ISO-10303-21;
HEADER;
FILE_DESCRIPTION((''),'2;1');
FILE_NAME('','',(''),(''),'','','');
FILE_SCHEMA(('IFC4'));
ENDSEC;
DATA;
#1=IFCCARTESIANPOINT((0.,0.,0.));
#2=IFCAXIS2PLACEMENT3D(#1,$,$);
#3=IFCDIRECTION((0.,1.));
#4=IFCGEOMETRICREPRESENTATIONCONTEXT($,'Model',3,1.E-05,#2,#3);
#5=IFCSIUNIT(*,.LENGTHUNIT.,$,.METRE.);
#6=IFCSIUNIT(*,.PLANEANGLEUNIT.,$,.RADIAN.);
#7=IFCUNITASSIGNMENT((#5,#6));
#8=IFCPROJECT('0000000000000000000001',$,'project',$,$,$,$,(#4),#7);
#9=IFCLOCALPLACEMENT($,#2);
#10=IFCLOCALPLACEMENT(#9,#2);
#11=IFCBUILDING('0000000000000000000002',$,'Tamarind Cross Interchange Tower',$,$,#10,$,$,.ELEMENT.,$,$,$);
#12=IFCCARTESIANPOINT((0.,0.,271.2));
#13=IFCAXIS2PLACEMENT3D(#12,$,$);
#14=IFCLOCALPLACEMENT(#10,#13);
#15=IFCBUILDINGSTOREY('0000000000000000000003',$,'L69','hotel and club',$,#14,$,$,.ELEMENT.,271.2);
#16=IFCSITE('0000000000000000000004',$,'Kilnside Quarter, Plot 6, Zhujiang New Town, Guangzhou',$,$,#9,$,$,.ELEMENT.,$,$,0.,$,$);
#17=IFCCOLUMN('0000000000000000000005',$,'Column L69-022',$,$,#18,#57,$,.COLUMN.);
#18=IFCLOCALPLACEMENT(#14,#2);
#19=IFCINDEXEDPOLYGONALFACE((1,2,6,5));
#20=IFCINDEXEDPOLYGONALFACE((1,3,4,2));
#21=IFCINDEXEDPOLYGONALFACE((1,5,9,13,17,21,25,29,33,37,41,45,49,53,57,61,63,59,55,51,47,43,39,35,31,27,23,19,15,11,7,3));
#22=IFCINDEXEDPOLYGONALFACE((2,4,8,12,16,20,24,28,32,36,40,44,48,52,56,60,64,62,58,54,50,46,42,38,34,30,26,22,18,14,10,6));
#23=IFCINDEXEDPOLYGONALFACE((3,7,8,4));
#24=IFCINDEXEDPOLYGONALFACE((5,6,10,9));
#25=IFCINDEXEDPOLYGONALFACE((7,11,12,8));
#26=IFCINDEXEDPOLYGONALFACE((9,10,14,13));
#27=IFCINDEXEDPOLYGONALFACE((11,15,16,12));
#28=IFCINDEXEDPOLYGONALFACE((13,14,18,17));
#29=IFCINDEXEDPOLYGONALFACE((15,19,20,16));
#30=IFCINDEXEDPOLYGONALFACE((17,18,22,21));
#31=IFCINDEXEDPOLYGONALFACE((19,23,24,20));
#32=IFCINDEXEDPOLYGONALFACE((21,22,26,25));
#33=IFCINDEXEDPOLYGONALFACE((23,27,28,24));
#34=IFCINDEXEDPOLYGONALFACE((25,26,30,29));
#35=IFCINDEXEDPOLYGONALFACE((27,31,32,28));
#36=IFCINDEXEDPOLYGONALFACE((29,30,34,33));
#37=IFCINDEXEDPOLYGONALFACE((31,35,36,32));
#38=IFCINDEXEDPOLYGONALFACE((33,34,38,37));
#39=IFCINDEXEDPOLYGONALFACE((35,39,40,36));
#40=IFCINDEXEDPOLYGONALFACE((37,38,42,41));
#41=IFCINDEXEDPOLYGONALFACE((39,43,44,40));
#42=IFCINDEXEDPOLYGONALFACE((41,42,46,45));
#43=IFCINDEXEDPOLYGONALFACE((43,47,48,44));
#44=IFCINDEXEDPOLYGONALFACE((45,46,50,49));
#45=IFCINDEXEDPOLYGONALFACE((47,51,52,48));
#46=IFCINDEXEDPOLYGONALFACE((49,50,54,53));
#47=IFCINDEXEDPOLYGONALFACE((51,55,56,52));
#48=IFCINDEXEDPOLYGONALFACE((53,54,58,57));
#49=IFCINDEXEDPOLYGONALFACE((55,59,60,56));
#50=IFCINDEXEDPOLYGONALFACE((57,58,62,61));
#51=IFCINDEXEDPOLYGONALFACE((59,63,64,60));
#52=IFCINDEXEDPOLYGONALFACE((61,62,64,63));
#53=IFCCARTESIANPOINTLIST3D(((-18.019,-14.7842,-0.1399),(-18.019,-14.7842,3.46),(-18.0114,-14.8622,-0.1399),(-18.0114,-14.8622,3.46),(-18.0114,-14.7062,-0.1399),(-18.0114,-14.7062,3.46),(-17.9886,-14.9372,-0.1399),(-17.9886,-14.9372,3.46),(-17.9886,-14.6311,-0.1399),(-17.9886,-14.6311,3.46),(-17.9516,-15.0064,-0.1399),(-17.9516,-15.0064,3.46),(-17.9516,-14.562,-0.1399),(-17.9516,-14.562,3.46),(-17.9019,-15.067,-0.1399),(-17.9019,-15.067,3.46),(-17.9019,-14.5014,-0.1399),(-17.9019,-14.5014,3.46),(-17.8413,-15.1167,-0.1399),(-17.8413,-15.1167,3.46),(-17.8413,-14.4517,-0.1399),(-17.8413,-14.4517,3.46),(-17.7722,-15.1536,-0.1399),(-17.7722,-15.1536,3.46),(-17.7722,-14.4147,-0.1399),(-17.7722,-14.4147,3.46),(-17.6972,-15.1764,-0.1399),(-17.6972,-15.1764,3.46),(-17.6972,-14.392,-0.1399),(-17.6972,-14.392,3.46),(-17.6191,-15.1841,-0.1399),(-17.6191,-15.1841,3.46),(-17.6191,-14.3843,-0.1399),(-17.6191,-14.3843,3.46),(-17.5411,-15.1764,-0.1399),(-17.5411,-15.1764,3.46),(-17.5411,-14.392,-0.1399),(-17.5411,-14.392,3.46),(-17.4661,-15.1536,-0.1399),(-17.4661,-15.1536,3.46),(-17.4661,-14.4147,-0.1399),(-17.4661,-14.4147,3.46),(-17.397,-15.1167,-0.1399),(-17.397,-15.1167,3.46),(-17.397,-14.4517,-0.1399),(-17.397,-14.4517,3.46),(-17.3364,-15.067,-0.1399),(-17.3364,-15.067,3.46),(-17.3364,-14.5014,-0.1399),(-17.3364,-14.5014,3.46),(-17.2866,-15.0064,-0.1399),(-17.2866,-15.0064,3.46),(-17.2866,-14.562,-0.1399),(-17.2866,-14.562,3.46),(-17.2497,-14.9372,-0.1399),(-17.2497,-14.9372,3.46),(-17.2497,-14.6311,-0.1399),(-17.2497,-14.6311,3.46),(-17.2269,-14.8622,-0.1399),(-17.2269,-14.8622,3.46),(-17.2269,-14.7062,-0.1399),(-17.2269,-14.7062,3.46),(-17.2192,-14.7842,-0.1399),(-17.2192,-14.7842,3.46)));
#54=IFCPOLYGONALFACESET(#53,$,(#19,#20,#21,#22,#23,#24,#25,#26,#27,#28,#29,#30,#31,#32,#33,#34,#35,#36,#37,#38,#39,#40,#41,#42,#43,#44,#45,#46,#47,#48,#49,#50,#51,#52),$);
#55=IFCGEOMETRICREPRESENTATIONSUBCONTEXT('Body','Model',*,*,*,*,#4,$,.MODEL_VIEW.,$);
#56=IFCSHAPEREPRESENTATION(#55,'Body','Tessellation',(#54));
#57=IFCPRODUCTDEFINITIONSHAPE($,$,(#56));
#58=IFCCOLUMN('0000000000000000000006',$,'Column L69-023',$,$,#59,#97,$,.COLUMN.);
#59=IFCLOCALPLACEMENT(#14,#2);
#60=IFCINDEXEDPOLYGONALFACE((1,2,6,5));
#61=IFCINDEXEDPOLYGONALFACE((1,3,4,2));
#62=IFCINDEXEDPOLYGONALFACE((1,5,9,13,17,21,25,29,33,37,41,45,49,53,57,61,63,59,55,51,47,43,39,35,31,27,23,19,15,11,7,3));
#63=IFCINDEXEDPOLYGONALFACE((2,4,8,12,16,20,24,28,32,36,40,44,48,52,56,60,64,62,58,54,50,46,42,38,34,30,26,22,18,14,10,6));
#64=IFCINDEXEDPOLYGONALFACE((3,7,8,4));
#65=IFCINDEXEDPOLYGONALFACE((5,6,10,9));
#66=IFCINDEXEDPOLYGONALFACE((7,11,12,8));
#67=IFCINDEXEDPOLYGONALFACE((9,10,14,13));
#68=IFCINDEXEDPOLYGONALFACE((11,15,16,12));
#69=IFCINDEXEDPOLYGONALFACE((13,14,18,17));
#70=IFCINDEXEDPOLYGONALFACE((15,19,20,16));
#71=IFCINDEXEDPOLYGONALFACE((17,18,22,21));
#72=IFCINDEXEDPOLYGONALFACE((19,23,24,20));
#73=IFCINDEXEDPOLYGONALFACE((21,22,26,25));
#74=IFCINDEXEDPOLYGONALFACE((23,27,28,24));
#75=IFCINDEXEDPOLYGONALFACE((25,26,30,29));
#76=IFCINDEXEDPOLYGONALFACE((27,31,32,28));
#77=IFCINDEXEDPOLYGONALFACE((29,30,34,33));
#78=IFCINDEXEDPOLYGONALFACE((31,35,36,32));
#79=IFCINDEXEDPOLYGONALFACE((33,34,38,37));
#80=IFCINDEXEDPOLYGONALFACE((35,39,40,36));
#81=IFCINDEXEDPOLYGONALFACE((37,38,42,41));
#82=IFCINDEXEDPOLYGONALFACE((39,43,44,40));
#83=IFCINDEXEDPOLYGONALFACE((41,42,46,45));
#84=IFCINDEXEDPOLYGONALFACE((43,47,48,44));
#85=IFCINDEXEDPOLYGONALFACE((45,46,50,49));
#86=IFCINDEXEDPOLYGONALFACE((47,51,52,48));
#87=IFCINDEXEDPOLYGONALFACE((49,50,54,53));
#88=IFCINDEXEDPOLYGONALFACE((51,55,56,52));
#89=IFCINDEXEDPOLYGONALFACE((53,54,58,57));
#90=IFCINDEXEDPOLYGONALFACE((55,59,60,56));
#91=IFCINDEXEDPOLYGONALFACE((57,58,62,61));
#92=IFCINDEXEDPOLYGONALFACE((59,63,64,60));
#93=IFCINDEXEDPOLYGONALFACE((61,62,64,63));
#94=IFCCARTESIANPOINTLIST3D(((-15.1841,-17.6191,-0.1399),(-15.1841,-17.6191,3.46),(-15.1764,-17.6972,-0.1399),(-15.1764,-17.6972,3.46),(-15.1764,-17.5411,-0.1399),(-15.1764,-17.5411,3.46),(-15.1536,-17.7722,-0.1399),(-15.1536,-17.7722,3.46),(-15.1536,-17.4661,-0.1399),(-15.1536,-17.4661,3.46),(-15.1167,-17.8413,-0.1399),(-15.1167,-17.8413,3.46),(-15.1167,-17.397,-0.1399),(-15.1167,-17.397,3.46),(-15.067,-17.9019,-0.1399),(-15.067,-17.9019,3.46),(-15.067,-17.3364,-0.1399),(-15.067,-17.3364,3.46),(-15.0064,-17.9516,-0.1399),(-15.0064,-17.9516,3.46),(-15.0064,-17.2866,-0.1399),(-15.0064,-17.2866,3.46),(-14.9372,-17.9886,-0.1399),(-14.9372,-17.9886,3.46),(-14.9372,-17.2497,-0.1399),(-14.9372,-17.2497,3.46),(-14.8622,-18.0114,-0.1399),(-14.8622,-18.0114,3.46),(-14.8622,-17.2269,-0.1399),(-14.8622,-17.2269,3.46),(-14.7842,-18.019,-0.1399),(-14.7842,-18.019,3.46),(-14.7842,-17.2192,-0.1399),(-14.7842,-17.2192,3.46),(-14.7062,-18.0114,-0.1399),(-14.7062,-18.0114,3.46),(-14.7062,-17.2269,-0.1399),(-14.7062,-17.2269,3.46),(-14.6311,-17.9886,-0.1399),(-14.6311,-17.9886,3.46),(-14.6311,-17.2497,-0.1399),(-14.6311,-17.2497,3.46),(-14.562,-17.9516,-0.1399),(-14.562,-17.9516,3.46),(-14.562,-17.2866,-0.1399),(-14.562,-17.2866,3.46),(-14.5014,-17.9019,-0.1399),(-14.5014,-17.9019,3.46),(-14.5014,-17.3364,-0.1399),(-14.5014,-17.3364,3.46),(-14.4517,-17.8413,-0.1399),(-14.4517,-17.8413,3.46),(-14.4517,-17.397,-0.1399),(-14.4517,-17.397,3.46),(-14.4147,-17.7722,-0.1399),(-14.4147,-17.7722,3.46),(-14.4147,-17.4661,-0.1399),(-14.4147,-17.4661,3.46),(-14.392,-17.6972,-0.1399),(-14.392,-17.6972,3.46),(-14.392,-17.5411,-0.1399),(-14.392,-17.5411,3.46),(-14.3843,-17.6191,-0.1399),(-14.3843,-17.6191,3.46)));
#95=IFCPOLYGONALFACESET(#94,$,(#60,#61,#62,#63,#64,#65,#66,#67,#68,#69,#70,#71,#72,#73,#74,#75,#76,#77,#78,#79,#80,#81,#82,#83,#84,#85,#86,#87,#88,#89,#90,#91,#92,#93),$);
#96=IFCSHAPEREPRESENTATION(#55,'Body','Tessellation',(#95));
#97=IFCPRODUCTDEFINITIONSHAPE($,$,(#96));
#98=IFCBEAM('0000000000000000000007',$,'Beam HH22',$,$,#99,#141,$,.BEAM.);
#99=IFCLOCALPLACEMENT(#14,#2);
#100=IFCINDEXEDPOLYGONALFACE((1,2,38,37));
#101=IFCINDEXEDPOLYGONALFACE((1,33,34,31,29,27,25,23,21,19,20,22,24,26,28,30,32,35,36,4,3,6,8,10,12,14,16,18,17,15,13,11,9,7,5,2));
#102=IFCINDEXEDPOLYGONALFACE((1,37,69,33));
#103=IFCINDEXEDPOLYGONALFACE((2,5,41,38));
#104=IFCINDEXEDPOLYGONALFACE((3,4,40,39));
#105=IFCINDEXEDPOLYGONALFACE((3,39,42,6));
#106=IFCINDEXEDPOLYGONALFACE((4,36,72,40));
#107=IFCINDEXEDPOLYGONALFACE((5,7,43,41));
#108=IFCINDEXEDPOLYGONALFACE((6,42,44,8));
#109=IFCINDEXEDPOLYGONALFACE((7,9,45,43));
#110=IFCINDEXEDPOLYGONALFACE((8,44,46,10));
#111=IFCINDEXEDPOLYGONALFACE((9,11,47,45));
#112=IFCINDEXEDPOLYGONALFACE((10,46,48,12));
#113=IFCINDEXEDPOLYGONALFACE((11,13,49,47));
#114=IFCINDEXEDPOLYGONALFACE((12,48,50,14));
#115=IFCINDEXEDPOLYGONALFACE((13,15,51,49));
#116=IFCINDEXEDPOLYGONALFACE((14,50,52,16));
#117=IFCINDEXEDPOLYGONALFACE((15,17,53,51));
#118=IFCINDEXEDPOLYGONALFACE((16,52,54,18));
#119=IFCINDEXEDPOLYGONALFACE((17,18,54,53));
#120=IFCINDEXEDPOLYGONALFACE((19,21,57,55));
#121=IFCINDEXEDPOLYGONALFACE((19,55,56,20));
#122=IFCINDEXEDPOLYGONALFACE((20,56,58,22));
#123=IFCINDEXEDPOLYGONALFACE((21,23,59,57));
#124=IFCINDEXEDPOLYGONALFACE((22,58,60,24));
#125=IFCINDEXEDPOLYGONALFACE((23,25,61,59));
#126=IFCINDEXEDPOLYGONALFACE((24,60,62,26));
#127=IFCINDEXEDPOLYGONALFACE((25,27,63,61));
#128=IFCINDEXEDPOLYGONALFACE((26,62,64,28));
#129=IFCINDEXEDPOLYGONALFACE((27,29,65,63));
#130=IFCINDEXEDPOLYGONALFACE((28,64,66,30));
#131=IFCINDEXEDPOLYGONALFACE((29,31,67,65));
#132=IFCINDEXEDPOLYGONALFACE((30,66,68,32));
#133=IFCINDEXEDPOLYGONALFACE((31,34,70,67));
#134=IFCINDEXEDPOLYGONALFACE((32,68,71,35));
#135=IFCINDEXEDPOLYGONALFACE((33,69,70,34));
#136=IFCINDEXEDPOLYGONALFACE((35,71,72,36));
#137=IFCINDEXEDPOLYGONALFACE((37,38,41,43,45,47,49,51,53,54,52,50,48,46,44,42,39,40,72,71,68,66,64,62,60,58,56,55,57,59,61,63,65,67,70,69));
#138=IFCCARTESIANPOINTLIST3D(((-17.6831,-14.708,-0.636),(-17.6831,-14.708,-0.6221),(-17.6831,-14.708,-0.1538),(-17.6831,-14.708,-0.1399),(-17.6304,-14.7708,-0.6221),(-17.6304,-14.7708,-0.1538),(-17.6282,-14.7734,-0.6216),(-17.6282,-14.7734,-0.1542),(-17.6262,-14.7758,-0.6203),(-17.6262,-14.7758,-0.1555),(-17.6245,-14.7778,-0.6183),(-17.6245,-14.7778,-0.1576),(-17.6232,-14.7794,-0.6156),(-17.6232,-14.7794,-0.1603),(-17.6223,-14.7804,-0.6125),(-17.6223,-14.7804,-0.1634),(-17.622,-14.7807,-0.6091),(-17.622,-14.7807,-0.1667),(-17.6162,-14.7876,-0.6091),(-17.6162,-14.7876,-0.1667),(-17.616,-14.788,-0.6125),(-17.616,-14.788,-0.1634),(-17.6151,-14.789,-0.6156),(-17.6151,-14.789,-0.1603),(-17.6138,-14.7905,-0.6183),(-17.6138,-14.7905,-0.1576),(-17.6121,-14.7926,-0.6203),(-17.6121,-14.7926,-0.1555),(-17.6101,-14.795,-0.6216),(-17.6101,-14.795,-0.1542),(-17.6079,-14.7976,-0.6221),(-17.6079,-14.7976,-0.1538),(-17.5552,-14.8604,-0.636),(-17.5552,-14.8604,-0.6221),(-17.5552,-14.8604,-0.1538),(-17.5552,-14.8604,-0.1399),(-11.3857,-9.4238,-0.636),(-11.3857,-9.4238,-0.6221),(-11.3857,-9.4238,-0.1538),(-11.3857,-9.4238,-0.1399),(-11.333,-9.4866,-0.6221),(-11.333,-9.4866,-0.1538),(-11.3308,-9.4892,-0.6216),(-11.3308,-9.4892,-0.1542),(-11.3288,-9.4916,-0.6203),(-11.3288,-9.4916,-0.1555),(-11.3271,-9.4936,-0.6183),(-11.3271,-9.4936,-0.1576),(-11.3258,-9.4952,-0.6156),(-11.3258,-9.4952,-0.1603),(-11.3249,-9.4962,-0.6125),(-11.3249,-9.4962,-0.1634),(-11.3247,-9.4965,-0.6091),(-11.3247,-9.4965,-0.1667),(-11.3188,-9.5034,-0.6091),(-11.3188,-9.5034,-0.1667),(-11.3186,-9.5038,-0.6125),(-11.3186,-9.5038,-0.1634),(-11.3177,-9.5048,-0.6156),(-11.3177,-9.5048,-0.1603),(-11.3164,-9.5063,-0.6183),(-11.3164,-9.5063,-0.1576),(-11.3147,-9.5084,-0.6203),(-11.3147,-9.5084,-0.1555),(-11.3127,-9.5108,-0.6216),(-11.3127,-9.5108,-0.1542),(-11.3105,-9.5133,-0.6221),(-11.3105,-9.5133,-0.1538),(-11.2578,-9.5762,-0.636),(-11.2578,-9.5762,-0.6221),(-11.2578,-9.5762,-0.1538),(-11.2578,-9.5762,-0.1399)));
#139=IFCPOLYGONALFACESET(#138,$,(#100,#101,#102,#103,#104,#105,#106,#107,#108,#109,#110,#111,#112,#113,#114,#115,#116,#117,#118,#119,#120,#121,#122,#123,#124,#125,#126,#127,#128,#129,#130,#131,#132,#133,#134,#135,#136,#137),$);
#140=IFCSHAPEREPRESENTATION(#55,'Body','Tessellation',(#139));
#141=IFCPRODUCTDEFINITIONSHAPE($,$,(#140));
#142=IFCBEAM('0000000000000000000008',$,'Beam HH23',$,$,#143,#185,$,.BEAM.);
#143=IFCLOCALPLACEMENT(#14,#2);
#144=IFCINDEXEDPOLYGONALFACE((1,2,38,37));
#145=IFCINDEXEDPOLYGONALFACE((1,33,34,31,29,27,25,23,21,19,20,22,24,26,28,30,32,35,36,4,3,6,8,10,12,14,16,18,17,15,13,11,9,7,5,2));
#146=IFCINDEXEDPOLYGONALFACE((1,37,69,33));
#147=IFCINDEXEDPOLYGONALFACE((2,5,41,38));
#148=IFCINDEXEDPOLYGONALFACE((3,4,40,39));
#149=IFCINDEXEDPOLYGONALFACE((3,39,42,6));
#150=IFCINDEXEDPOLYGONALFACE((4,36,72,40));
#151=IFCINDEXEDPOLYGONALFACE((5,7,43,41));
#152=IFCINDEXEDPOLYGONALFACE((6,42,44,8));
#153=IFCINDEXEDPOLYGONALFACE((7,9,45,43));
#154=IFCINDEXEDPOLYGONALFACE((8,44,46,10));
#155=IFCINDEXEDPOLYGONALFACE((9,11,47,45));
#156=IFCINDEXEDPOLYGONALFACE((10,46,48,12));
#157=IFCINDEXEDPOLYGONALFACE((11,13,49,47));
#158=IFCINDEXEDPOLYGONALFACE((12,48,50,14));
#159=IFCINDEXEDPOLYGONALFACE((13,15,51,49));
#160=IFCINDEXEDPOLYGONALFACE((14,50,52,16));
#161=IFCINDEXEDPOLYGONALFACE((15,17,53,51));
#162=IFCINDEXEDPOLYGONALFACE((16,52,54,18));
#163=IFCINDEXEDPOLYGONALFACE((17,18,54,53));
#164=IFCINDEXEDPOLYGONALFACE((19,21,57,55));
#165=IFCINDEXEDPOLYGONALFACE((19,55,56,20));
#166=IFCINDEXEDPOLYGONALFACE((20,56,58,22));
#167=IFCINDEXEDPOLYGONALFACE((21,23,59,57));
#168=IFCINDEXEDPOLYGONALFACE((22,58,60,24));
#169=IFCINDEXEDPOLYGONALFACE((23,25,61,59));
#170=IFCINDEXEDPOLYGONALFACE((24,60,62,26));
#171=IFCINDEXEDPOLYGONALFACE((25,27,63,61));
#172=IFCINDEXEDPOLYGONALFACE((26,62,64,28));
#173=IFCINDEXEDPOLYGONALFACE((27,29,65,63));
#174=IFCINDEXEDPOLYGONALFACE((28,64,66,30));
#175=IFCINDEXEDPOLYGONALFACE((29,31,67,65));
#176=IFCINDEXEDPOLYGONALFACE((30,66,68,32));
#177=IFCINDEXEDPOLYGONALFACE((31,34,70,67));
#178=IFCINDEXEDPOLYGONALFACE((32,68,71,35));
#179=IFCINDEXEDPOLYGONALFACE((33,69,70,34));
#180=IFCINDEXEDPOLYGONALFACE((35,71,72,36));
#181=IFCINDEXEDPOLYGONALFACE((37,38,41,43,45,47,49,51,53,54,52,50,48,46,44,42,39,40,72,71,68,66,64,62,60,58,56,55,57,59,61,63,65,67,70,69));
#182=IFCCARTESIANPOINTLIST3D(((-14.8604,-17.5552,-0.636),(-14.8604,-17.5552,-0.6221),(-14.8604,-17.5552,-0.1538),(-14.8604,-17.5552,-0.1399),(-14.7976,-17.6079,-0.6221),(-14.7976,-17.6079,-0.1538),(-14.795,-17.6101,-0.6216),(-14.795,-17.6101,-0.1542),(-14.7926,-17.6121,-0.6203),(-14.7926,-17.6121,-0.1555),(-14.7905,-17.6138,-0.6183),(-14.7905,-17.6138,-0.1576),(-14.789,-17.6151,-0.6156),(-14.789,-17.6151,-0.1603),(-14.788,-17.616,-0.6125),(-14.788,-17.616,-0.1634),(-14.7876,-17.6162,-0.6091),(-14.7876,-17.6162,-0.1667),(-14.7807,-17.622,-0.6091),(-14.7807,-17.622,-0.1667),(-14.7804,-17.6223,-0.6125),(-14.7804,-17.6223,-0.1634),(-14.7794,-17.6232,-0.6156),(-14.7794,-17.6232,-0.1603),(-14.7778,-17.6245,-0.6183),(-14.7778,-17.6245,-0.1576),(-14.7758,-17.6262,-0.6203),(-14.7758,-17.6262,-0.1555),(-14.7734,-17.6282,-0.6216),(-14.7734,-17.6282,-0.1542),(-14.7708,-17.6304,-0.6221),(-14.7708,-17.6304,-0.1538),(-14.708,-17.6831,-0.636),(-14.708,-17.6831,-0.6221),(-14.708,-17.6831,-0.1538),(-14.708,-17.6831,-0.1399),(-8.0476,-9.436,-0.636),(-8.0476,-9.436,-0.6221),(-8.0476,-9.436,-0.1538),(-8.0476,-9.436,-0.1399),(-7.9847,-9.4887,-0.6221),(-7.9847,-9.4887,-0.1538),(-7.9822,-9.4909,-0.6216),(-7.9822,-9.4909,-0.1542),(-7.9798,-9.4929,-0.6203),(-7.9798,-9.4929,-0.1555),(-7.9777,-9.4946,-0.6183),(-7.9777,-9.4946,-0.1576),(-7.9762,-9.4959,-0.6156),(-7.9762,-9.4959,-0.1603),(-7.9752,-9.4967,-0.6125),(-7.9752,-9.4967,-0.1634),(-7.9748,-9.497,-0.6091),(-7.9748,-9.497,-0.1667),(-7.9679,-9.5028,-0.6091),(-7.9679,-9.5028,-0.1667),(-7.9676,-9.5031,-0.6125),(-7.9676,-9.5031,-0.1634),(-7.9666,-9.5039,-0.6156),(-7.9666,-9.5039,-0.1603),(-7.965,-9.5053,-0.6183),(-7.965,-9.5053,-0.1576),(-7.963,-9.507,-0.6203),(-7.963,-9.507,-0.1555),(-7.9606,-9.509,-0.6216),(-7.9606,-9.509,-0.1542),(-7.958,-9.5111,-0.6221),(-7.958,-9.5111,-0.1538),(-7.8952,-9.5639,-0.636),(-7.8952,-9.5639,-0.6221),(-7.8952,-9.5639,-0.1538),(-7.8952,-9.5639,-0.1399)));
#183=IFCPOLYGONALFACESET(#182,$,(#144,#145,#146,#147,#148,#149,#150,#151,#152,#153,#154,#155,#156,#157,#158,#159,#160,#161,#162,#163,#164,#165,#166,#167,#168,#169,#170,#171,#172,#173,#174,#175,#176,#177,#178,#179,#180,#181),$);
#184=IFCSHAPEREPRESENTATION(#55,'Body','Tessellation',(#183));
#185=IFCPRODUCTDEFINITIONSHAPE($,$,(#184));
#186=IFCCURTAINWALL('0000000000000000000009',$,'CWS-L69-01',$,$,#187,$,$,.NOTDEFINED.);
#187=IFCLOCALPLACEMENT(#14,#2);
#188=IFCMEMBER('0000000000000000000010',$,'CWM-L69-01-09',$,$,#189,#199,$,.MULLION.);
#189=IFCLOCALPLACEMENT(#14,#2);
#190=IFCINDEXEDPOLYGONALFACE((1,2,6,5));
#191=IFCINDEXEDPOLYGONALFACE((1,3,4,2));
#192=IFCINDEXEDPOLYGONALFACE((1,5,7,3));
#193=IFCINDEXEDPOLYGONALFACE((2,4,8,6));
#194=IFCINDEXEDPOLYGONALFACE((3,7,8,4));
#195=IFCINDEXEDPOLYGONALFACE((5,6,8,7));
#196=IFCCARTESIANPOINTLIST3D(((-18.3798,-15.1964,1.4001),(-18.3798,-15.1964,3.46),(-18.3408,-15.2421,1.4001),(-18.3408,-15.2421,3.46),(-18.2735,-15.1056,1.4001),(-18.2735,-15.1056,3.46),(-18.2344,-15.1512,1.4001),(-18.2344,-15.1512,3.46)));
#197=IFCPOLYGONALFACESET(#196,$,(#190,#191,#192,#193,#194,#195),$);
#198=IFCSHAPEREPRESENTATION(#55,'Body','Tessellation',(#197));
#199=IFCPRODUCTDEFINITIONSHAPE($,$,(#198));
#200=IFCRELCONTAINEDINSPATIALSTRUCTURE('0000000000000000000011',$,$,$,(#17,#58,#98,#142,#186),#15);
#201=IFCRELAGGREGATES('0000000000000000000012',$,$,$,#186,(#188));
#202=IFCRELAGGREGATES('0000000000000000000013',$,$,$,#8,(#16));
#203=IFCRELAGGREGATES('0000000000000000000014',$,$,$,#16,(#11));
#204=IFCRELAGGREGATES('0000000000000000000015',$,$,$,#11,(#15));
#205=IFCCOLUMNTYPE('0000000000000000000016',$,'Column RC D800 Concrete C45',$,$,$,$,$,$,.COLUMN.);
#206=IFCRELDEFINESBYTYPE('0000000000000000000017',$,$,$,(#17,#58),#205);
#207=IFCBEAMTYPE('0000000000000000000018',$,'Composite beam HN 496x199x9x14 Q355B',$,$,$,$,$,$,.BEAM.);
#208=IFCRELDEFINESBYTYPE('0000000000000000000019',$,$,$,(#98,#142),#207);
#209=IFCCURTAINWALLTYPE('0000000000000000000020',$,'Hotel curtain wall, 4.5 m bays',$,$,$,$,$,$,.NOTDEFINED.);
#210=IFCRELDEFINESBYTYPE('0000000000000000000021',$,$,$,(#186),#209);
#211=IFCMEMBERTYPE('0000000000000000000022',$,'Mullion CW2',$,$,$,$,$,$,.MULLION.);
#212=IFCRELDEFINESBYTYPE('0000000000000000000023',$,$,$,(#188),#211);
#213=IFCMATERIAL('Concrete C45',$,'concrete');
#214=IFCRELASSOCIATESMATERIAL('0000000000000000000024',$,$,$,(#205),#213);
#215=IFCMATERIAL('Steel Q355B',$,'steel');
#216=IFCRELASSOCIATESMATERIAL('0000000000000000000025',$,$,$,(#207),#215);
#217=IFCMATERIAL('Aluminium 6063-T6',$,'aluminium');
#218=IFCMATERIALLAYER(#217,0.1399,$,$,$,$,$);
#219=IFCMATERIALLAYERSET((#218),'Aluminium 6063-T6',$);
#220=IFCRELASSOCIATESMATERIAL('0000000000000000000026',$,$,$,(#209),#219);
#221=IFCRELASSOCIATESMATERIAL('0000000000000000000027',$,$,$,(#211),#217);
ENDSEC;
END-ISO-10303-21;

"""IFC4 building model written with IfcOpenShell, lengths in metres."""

from ifc_helpers import new_model, si_unit, direction, frame, origin, origin_2d, place, context, subcontext, project, spatial, rectangle, circle, i_section, extrude, material, layer, layer_set, material_profile, profile_set, type_object, element, aggregate, save


model = new_model("IFC4")

# Units and contexts
model_context = context("Model", 3, precision=1e-05, world=origin(), true_north=direction((0.0, 1.0)))
body_context = subcontext(model_context, "Body", "Model", "MODEL_VIEW")
ifc_project = project(units=[si_unit("LENGTHUNIT", "METRE"), si_unit("PLANEANGLEUNIT", "RADIAN")], contexts=[model_context])

# Site, building, storey
site_placement = place(None, origin())
site = spatial("IfcSite", under=ifc_project, at=site_placement, Name="Kilnside Quarter, Plot 6, Zhujiang New Town, Guangzhou", CompositionType="ELEMENT", RefElevation=0.0)
building_placement = place(site_placement, origin())
building = spatial("IfcBuilding", under=site, at=building_placement, Name="Tamarind Cross Interchange Tower", CompositionType="ELEMENT")
storey_placement = place(building_placement, frame((0.0, 0.0, 271.2)))
storey = spatial("IfcBuildingStorey", under=building, at=storey_placement, Name="L69", Description="hotel and club", CompositionType="ELEMENT", Elevation=271.2)

# Columns
ifc_material_1 = material(Name="Concrete C45", Category="concrete")
ifc_material_profile_1 = material_profile(ifc_material_1, circle(Radius=0.3999, at=origin_2d()), Name="RC D800")
ifc_profile_set_1 = profile_set([ifc_material_profile_1], Name="Concrete C45")
column_type = type_object("IfcColumnType", Name="Column RC D800 Concrete C45", PredefinedType="COLUMN", material=ifc_profile_set_1)
for number, where, z_axis, x_axis, name in (
    (1, (-17.6191, -14.7842, -0.1399), (0.0, 0.0, 1.0), (1.0, 0.0, 0.0), "Column L69-022"),
    (2, (-14.7842, -17.6191, -0.1399), (0.0, 0.0, 1.0), (1.0, 0.0, 0.0), "Column L69-023"),
):
    element("IfcColumn", number, at=place(storey_placement, frame(where, z_axis=z_axis, x_axis=x_axis)), inside=storey, type_object=column_type, Name=name, PredefinedType="COLUMN", context=body_context, shape_type="SweptSolid", body=[
        extrude(circle(Radius=0.3999, at=origin_2d()), origin(), (0.0, 0.0, 1.0), 3.5999),
    ])

# Beams
ifc_material_2 = material(Name="Steel Q355B", Category="steel")
ifc_material_profile_2 = material_profile(ifc_material_2, i_section(OverallWidth=0.199, OverallDepth=0.4961, WebThickness=0.009, FlangeThickness=0.0139, FilletRadius=0.0129, at=origin_2d()), Name="HN 496x199x9x14")
ifc_profile_set_2 = profile_set([ifc_material_profile_2], Name="Steel Q355B")
beam_type = type_object("IfcBeamType", Name="Composite beam HN 496x199x9x14 Q355B", PredefinedType="BEAM", material=ifc_profile_set_2)
beam_1_placement = place(storey_placement, frame((-17.6191, -14.7842, -0.3879), z_axis=(0.766041, 0.642792, 0.0), x_axis=(-0.642792, 0.766041, 0.0)))
element("IfcBeam", 3, at=beam_1_placement, inside=storey, type_object=beam_type, Name="Beam HH22", PredefinedType="BEAM", context=body_context, shape_type="SweptSolid", body=[
    extrude(i_section(OverallWidth=0.199, OverallDepth=0.4961, WebThickness=0.009, FlangeThickness=0.0139, FilletRadius=0.0129, at=origin_2d()), origin(), (0.0, 0.0, 1.0), 8.2207),
])
beam_2_placement = place(storey_placement, frame((-14.7842, -17.6191, -0.3879), z_axis=(0.642786, 0.766046, 0.0), x_axis=(-0.766046, 0.642786, 0.0)))
element("IfcBeam", 4, at=beam_2_placement, inside=storey, type_object=beam_type, Name="Beam HH23", PredefinedType="BEAM", context=body_context, shape_type="SweptSolid", body=[
    extrude(i_section(OverallWidth=0.199, OverallDepth=0.4961, WebThickness=0.009, FlangeThickness=0.0139, FilletRadius=0.0129, at=origin_2d()), origin(), (0.0, 0.0, 1.0), 10.5989),
])

# Curtain wall, member
ifc_material_3 = material(Name="Aluminium 6063-T6", Category="aluminium")
ifc_layer_1 = layer(ifc_material_3, 0.1399)
ifc_layer_set_1 = layer_set([ifc_layer_1], Name="Aluminium 6063-T6")
curtain_wall_type = type_object("IfcCurtainWallType", Name="Hotel curtain wall, 4.5 m bays", PredefinedType="NOTDEFINED", material=ifc_layer_set_1)
curtain_wall_placement = place(storey_placement, origin())
curtain_wall = element("IfcCurtainWall", 5, at=curtain_wall_placement, inside=storey, type_object=curtain_wall_type, Name="CWS-L69-01", PredefinedType="NOTDEFINED")
ifc_material_profile_3 = material_profile(ifc_material_3, rectangle(XDim=0.0601, YDim=0.1399, at=origin_2d()), Name="Mullion CW2")
ifc_profile_set_3 = profile_set([ifc_material_profile_3], Name="Aluminium 6063-T6")
member_type = type_object("IfcMemberType", Name="Mullion CW2", PredefinedType="MULLION", material=ifc_profile_set_3)
member_1_placement = place(storey_placement, frame((-18.3071, -15.1738, 1.4001), z_axis=(0.0, 0.0, 1.0), x_axis=(0.649577, -0.760296, 0.0)))
member_1 = element("IfcMember", 6, at=member_1_placement, type_object=member_type, Name="CWM-L69-01-09", PredefinedType="MULLION", context=body_context, shape_type="SweptSolid", body=[
    extrude(rectangle(XDim=0.0601, YDim=0.1399, at=origin_2d()), origin(), (0.0, 0.0, 1.0), 2.0598),
])
aggregate(curtain_wall, [member_1])

save(model, "model.ifc")
